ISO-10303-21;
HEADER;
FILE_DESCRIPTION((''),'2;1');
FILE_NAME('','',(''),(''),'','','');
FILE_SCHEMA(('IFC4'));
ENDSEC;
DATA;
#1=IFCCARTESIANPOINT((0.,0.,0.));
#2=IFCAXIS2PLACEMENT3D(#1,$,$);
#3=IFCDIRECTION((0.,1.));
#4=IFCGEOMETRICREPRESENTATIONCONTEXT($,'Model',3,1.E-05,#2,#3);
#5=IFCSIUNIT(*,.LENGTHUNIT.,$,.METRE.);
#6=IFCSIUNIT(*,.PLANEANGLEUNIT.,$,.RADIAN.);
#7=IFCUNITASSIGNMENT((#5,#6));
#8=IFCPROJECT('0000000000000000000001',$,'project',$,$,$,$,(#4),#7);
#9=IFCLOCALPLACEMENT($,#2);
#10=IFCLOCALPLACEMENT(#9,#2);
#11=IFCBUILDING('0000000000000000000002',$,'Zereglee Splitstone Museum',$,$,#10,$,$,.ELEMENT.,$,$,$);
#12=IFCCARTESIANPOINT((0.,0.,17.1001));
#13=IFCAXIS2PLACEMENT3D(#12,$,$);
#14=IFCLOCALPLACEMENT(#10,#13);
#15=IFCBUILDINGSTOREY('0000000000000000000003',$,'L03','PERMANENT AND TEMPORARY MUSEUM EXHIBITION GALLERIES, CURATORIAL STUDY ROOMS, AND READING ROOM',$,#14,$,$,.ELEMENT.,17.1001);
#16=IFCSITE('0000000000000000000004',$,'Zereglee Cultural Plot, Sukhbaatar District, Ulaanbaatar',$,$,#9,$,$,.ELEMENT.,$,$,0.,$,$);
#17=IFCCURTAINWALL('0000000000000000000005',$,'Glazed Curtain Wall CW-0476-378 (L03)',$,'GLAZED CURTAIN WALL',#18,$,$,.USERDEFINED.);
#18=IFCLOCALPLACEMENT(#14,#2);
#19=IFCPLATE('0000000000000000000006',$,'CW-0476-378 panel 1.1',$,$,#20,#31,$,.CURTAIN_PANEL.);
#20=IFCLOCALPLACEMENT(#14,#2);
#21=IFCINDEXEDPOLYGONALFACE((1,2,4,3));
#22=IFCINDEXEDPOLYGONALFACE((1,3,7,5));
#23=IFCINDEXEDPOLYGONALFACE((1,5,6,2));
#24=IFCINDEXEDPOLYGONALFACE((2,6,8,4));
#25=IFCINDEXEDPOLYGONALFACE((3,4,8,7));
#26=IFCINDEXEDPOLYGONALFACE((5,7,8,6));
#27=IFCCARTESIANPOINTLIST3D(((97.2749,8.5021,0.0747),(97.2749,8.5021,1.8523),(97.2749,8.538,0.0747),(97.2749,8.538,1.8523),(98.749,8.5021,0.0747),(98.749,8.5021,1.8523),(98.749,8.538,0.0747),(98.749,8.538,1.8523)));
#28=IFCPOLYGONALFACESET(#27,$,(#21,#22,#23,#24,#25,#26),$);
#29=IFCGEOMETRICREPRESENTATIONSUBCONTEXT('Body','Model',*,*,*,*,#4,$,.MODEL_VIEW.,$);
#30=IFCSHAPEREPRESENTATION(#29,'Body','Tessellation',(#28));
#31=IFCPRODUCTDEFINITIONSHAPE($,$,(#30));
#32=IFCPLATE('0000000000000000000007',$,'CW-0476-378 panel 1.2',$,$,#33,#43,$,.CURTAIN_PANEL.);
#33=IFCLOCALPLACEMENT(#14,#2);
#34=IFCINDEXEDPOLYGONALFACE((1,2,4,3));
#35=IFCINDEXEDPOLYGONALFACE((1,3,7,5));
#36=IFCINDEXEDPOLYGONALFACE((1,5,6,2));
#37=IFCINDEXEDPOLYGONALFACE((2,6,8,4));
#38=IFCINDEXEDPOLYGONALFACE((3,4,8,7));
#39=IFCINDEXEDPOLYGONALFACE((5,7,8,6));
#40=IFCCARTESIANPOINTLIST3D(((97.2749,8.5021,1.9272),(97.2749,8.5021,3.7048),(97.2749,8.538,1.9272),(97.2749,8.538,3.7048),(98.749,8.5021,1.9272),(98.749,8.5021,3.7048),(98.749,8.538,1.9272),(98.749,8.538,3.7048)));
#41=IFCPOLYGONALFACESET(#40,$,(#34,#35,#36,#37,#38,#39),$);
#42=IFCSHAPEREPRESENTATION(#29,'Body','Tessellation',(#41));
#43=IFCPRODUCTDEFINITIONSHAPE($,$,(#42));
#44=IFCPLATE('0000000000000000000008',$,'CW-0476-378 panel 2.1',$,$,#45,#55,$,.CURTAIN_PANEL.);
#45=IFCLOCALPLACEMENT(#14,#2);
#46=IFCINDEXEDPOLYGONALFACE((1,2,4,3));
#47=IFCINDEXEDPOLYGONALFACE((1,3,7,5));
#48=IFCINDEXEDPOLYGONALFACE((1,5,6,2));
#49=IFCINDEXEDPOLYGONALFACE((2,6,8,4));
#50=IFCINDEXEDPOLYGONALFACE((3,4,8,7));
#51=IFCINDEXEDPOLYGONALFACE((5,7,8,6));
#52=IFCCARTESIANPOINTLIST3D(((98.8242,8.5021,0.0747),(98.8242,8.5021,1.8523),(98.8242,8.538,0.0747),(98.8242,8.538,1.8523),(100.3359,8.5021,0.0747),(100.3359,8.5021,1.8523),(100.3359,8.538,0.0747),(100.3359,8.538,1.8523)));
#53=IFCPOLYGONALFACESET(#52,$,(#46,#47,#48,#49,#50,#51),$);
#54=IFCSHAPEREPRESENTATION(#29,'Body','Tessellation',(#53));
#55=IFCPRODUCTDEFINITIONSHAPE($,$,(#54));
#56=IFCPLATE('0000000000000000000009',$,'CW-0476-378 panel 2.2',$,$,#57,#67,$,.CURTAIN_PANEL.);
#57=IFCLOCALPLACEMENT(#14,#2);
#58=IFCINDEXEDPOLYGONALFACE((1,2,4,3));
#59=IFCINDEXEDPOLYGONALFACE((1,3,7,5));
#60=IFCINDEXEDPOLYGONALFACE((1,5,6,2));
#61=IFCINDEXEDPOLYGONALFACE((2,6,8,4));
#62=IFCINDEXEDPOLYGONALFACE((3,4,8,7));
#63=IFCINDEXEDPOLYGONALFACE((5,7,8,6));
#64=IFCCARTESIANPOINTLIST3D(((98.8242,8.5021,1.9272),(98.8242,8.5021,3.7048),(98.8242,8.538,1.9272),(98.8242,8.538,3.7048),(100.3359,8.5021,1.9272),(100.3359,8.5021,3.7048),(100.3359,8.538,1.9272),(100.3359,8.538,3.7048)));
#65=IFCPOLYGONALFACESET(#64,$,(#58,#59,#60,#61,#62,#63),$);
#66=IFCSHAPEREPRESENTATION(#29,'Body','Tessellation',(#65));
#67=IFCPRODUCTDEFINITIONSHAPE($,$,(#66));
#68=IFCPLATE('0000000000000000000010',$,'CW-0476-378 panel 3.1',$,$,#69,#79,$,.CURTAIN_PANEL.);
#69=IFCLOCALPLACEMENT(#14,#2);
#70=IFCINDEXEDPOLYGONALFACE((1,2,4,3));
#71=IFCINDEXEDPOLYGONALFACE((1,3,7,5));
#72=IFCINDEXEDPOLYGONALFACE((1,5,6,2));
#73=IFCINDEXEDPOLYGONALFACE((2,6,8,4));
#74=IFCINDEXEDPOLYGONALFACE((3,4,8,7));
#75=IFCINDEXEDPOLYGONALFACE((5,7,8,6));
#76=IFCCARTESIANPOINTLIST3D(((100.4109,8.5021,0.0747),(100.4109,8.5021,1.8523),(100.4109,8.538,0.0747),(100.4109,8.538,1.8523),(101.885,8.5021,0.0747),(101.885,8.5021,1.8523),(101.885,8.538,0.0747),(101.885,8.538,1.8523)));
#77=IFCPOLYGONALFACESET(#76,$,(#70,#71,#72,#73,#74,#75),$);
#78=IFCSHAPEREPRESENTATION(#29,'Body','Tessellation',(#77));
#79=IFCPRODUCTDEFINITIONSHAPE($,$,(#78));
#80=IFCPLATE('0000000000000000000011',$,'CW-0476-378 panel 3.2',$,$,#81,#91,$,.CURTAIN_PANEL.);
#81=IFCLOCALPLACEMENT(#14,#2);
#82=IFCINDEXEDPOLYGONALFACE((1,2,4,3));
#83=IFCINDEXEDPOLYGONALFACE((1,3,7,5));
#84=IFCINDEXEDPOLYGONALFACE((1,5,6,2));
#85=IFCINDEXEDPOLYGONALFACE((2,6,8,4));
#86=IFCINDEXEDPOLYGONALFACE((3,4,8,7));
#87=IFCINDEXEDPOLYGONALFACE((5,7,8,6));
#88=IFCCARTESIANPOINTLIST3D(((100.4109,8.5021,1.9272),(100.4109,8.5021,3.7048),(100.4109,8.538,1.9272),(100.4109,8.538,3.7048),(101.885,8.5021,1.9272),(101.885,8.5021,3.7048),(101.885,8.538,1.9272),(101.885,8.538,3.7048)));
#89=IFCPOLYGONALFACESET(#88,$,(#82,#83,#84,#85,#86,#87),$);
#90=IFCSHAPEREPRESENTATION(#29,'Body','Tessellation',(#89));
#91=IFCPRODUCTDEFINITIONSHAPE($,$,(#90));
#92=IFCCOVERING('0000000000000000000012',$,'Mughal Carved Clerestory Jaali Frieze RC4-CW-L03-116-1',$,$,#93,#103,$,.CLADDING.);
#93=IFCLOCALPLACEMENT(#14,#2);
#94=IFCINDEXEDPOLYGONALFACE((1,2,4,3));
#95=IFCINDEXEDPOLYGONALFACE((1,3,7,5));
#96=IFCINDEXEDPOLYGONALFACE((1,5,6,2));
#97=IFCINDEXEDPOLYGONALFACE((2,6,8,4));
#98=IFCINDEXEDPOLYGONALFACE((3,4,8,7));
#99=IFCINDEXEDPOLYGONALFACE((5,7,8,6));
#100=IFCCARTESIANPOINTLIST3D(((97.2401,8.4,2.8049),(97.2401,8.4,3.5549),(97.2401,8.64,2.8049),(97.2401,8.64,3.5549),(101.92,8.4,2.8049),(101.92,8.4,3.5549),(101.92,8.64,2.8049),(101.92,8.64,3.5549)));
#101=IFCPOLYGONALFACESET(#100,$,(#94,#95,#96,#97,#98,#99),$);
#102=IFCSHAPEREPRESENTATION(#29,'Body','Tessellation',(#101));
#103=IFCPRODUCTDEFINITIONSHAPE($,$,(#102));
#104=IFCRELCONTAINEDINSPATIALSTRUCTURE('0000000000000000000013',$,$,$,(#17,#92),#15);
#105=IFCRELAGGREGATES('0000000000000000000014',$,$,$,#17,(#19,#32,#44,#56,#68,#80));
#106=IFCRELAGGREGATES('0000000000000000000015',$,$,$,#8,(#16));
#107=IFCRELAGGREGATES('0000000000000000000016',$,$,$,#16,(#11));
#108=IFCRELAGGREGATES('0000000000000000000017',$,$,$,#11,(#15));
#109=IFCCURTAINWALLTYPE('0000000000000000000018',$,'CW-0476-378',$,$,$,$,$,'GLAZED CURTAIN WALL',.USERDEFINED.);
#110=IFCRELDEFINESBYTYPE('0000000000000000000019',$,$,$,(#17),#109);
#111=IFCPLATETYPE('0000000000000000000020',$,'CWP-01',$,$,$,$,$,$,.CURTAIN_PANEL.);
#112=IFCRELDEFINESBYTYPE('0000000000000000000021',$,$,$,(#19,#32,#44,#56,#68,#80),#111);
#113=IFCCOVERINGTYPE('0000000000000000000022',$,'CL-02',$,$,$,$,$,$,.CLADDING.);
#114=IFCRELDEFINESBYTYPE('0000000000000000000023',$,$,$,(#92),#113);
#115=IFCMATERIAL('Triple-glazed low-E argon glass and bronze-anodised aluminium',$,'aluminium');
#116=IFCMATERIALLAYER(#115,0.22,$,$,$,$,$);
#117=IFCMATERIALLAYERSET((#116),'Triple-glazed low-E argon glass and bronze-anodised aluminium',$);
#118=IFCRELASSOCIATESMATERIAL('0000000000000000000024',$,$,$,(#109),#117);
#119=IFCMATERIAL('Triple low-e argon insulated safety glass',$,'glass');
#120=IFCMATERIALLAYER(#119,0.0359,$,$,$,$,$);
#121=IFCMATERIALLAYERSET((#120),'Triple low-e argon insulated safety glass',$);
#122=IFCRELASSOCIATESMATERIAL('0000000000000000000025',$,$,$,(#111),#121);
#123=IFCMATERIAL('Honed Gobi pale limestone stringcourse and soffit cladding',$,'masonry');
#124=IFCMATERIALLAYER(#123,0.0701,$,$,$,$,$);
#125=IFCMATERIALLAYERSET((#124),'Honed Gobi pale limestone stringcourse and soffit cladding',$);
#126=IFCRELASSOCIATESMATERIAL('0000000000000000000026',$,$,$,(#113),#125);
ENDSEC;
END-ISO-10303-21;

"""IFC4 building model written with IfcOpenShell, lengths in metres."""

from ifc_helpers import new_model, si_unit, direction, frame, origin, origin_2d, place, context, subcontext, project, spatial, rectangle, extrude, material, layer, layer_set, type_object, element, aggregate, save


model = new_model("IFC4")

# Units and contexts
model_context = context("Model", 3, precision=1e-05, world=origin(), true_north=direction((0.0, 1.0)))
body_context = subcontext(model_context, "Body", "Model", "MODEL_VIEW")
ifc_project = project(units=[si_unit("LENGTHUNIT", "METRE"), si_unit("PLANEANGLEUNIT", "RADIAN")], contexts=[model_context])

# Site, building, storey
site_placement = place(None, origin())
site = spatial("IfcSite", under=ifc_project, at=site_placement, Name="Zereglee Cultural Plot, Sukhbaatar District, Ulaanbaatar", CompositionType="ELEMENT", RefElevation=0.0)
building_placement = place(site_placement, origin())
building = spatial("IfcBuilding", under=site, at=building_placement, Name="Zereglee Splitstone Museum", CompositionType="ELEMENT")
storey_placement = place(building_placement, frame((0.0, 0.0, 17.1001)))
storey = spatial("IfcBuildingStorey", under=building, at=storey_placement, Name="L03", Description="PERMANENT AND TEMPORARY MUSEUM EXHIBITION GALLERIES, CURATORIAL STUDY ROOMS, AND READING ROOM", CompositionType="ELEMENT", Elevation=17.1001)

# Curtain wall
ifc_material_1 = material(Name="Triple-glazed low-E argon glass and bronze-anodised aluminium", Category="aluminium")
ifc_layer_1 = layer(ifc_material_1, 0.22)
ifc_layer_set_1 = layer_set([ifc_layer_1], Name="Triple-glazed low-E argon glass and bronze-anodised aluminium")
curtain_wall_type_1 = type_object("IfcCurtainWallType", Name="CW-0476-378", ElementType="GLAZED CURTAIN WALL", PredefinedType="USERDEFINED", material=ifc_layer_set_1)
curtain_wall_1_placement = place(storey_placement, origin())
curtain_wall_1 = element("IfcCurtainWall", 1, at=curtain_wall_1_placement, inside=storey, type_object=curtain_wall_type_1, Name="Glazed Curtain Wall CW-0476-378 (L03)", ObjectType="GLAZED CURTAIN WALL", PredefinedType="USERDEFINED")

# Plates
ifc_material_2 = material(Name="Triple low-e argon insulated safety glass", Category="glass")
ifc_layer_2 = layer(ifc_material_2, 0.0359)
ifc_layer_set_2 = layer_set([ifc_layer_2], Name="Triple low-e argon insulated safety glass")
plate_type = type_object("IfcPlateType", Name="CWP-01", PredefinedType="CURTAIN_PANEL", material=ifc_layer_set_2)
plate_1_placement = place(storey_placement, frame((98.012, 8.52, 0.0747), z_axis=(0.0, 0.0, 1.0), x_axis=(1.0, 0.0, 0.0)))
plate_1 = element("IfcPlate", 2, at=plate_1_placement, type_object=plate_type, Name="CW-0476-378 panel 1.1", PredefinedType="CURTAIN_PANEL", context=body_context, shape_type="SweptSolid", body=[
    extrude(rectangle(XDim=1.4741, YDim=0.0359, at=origin_2d()), origin(), (0.0, 0.0, 1.0), 1.7776),
])
plate_2_placement = place(storey_placement, frame((98.012, 8.52, 1.9272), z_axis=(0.0, 0.0, 1.0), x_axis=(1.0, 0.0, 0.0)))
plate_2 = element("IfcPlate", 3, at=plate_2_placement, type_object=plate_type, Name="CW-0476-378 panel 1.2", PredefinedType="CURTAIN_PANEL", context=body_context, shape_type="SweptSolid", body=[
    extrude(rectangle(XDim=1.4741, YDim=0.0359, at=origin_2d()), origin(), (0.0, 0.0, 1.0), 1.7776),
])
plate_3_placement = place(storey_placement, frame((99.5801, 8.52, 0.0747), z_axis=(0.0, 0.0, 1.0), x_axis=(1.0, 0.0, 0.0)))
plate_3 = element("IfcPlate", 4, at=plate_3_placement, type_object=plate_type, Name="CW-0476-378 panel 2.1", PredefinedType="CURTAIN_PANEL", context=body_context, shape_type="SweptSolid", body=[
    extrude(rectangle(XDim=1.5117, YDim=0.0359, at=origin_2d()), origin(), (0.0, 0.0, 1.0), 1.7776),
])
plate_4_placement = place(storey_placement, frame((99.5801, 8.52, 1.9272), z_axis=(0.0, 0.0, 1.0), x_axis=(1.0, 0.0, 0.0)))
plate_4 = element("IfcPlate", 5, at=plate_4_placement, type_object=plate_type, Name="CW-0476-378 panel 2.2", PredefinedType="CURTAIN_PANEL", context=body_context, shape_type="SweptSolid", body=[
    extrude(rectangle(XDim=1.5117, YDim=0.0359, at=origin_2d()), origin(), (0.0, 0.0, 1.0), 1.7776),
])
plate_5_placement = place(storey_placement, frame((101.1479, 8.52, 0.0747), z_axis=(0.0, 0.0, 1.0), x_axis=(1.0, 0.0, 0.0)))
plate_5 = element("IfcPlate", 6, at=plate_5_placement, type_object=plate_type, Name="CW-0476-378 panel 3.1", PredefinedType="CURTAIN_PANEL", context=body_context, shape_type="SweptSolid", body=[
    extrude(rectangle(XDim=1.4741, YDim=0.0359, at=origin_2d()), origin(), (0.0, 0.0, 1.0), 1.7776),
])
plate_6_placement = place(storey_placement, frame((101.1479, 8.52, 1.9272), z_axis=(0.0, 0.0, 1.0), x_axis=(1.0, 0.0, 0.0)))
plate_6 = element("IfcPlate", 7, at=plate_6_placement, type_object=plate_type, Name="CW-0476-378 panel 3.2", PredefinedType="CURTAIN_PANEL", context=body_context, shape_type="SweptSolid", body=[
    extrude(rectangle(XDim=1.4741, YDim=0.0359, at=origin_2d()), origin(), (0.0, 0.0, 1.0), 1.7776),
])
aggregate(curtain_wall_1, [plate_1, plate_2, plate_3, plate_4, plate_5, plate_6])

# Covering
ifc_material_3 = material(Name="Honed Gobi pale limestone stringcourse and soffit cladding", Category="masonry")
ifc_layer_3 = layer(ifc_material_3, 0.0701)
ifc_layer_set_3 = layer_set([ifc_layer_3], Name="Honed Gobi pale limestone stringcourse and soffit cladding")
covering_type = type_object("IfcCoveringType", Name="CL-02", PredefinedType="CLADDING", material=ifc_layer_set_3)
covering_placement = place(storey_placement, frame((99.5801, 8.52, 2.8049), z_axis=(0.0, 0.0, 1.0), x_axis=(1.0, 0.0, 0.0)))
element("IfcCovering", 8, at=covering_placement, inside=storey, type_object=covering_type, Name="Mughal Carved Clerestory Jaali Frieze RC4-CW-L03-116-1", PredefinedType="CLADDING", context=body_context, shape_type="SweptSolid", body=[
    extrude(rectangle(XDim=4.6799, YDim=0.24, at=origin_2d()), origin(), (0.0, 0.0, 1.0), 0.75),
])

save(model, "model.ifc")
